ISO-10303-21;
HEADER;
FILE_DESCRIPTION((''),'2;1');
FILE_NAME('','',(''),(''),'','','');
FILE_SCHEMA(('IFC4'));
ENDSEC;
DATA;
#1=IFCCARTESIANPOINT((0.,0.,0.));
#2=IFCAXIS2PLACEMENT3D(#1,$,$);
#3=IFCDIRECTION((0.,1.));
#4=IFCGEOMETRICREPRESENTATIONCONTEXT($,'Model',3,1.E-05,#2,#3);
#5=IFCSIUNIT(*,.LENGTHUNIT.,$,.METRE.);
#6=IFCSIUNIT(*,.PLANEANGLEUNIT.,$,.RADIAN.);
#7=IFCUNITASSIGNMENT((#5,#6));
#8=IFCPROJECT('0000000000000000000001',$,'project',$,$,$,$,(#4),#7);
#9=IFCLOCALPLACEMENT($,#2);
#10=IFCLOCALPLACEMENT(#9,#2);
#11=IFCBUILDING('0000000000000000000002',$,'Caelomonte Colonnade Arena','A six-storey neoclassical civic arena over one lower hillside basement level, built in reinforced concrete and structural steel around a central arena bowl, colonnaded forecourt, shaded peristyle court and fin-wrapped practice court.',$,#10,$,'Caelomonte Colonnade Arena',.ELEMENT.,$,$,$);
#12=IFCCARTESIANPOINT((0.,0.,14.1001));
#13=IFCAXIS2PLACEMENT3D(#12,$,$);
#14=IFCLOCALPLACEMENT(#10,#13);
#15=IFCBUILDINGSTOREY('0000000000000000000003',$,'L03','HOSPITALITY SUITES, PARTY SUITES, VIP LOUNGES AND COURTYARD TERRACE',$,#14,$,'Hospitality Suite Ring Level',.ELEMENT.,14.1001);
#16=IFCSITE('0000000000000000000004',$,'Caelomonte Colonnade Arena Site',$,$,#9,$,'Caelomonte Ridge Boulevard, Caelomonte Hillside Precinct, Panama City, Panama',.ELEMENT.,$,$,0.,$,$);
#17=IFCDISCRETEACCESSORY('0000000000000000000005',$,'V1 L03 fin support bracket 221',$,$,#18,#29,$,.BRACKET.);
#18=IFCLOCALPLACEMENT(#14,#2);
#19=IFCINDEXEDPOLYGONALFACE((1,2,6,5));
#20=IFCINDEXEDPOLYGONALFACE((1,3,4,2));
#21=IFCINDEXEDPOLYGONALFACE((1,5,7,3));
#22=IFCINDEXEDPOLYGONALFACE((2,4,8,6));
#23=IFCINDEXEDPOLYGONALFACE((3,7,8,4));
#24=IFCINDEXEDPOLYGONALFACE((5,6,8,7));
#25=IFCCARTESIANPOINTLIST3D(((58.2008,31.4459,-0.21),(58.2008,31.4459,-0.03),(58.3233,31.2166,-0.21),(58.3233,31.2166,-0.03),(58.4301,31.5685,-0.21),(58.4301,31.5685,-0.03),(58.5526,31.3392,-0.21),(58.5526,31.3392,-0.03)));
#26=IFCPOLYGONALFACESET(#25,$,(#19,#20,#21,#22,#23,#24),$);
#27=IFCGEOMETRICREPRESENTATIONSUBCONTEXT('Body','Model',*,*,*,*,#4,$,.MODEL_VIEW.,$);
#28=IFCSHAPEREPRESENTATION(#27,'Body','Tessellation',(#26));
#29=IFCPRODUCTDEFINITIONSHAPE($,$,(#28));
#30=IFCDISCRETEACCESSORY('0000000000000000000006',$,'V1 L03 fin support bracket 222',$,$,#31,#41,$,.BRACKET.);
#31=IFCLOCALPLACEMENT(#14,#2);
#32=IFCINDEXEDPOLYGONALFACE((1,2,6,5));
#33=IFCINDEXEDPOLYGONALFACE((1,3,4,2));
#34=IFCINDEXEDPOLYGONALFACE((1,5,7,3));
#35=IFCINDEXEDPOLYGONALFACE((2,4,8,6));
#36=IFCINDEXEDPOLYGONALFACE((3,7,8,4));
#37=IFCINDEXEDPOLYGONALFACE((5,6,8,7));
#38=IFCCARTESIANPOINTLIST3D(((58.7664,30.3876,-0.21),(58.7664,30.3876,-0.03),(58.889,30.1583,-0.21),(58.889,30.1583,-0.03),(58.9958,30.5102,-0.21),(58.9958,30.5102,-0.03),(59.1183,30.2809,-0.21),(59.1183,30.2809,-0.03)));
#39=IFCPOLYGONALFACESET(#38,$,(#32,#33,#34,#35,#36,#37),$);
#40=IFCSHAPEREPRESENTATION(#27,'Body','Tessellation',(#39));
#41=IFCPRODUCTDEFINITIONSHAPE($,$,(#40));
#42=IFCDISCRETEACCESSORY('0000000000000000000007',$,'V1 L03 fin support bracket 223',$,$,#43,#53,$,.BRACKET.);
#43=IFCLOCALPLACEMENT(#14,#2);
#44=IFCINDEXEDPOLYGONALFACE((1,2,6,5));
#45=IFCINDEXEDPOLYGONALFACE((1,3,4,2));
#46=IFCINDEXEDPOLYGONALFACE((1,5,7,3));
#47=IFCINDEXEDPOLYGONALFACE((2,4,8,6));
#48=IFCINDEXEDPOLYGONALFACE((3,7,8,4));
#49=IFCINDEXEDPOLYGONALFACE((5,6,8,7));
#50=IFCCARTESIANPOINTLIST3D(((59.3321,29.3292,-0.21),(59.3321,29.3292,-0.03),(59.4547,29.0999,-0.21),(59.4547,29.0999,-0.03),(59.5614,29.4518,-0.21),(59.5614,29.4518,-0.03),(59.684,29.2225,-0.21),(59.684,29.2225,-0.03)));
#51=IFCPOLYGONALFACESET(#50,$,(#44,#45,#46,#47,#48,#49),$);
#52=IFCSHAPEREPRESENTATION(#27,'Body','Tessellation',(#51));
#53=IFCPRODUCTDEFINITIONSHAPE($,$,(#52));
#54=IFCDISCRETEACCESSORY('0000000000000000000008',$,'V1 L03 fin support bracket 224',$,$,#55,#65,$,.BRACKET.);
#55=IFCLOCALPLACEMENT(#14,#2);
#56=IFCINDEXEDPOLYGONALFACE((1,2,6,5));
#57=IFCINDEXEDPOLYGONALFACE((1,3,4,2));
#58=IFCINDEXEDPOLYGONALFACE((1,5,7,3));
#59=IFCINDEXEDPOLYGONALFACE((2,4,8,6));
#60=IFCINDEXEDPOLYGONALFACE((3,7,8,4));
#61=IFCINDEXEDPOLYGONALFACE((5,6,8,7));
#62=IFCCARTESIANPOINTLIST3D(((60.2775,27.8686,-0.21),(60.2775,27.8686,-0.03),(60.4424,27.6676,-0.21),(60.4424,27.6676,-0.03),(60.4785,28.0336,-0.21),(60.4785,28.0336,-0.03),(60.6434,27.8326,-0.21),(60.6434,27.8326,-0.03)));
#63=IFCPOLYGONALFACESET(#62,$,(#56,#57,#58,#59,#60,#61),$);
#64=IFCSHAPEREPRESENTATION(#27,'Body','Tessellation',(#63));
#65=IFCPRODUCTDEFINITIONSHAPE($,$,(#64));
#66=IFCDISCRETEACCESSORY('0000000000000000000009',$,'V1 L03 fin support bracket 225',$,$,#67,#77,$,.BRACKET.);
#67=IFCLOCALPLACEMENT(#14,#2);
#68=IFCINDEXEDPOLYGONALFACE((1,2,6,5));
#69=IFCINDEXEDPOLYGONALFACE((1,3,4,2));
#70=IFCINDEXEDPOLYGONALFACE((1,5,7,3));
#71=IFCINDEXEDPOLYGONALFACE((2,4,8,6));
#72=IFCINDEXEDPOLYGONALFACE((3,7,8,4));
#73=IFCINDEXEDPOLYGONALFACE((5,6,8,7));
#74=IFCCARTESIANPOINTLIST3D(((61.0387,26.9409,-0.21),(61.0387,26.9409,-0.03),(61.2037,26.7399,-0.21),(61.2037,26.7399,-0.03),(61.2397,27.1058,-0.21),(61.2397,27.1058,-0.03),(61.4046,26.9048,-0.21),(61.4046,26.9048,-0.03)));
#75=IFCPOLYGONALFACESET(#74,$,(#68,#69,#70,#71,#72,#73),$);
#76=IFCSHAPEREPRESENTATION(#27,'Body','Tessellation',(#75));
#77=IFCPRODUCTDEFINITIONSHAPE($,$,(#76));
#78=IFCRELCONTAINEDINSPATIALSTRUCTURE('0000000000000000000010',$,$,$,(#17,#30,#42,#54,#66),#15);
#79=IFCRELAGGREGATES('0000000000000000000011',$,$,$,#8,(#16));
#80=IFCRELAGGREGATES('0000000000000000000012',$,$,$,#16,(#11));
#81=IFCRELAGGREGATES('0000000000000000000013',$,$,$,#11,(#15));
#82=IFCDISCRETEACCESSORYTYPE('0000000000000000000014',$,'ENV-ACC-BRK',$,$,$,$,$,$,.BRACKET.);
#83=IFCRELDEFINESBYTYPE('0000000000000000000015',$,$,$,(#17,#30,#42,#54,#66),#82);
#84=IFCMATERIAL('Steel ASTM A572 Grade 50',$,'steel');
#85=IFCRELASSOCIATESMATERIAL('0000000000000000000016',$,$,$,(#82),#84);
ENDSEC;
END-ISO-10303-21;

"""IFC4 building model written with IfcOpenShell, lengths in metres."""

from ifc_helpers import new_model, si_unit, direction, frame, origin, origin_2d, place, context, subcontext, project, spatial, rectangle, extrude, material, type_object, element, save


model = new_model("IFC4")

# Units and contexts
model_context = context("Model", 3, precision=1e-05, world=origin(), true_north=direction((0.0, 1.0)))
body_context = subcontext(model_context, "Body", "Model", "MODEL_VIEW")
ifc_project = project(units=[si_unit("LENGTHUNIT", "METRE"), si_unit("PLANEANGLEUNIT", "RADIAN")], contexts=[model_context])

# Site, building, storey
site_placement = place(None, origin())
site = spatial("IfcSite", under=ifc_project, at=site_placement, Name="Caelomonte Colonnade Arena Site", LongName="Caelomonte Ridge Boulevard, Caelomonte Hillside Precinct, Panama City, Panama", CompositionType="ELEMENT", RefElevation=0.0)
building_placement = place(site_placement, origin())
building = spatial("IfcBuilding", under=site, at=building_placement, Name="Caelomonte Colonnade Arena", Description="A six-storey neoclassical civic arena over one lower hillside basement level, built in reinforced concrete and structural steel around a central arena bowl, colonnaded forecourt, shaded peristyle court and fin-wrapped practice court.", LongName="Caelomonte Colonnade Arena", CompositionType="ELEMENT")
storey_placement = place(building_placement, frame((0.0, 0.0, 14.1001)))
storey = spatial("IfcBuildingStorey", under=building, at=storey_placement, Name="L03", Description="HOSPITALITY SUITES, PARTY SUITES, VIP LOUNGES AND COURTYARD TERRACE", LongName="Hospitality Suite Ring Level", CompositionType="ELEMENT", Elevation=14.1001)

# Discrete accessories
ifc_material_1 = material(Name="Steel ASTM A572 Grade 50", Category="steel")
discrete_accessory_type = type_object("IfcDiscreteAccessoryType", Name="ENV-ACC-BRK", PredefinedType="BRACKET", material=ifc_material_1)
for number, where, z_axis, x_axis, name in (
    (1, (58.3767, 31.3926, -0.21), (0.0, 0.0, 1.0), (0.471397, -0.881921, 0.0), "V1 L03 fin support bracket 221"),
    (2, (58.9424, 30.3342, -0.21), (0.0, 0.0, 1.0), (0.471397, -0.881921, 0.0), "V1 L03 fin support bracket 222"),
    (3, (59.5081, 29.2759, -0.21), (0.0, 0.0, 1.0), (0.471397, -0.881921, 0.0), "V1 L03 fin support bracket 223"),
    (4, (60.4604, 27.8506, -0.21), (0.0, 0.0, 1.0), (0.634414, -0.772994, 0.0), "V1 L03 fin support bracket 224"),
    (5, (61.2217, 26.9229, -0.21), (0.0, 0.0, 1.0), (0.634414, -0.772994, 0.0), "V1 L03 fin support bracket 225"),
):
    element("IfcDiscreteAccessory", number, at=place(storey_placement, frame(where, z_axis=z_axis, x_axis=x_axis)), inside=storey, type_object=discrete_accessory_type, Name=name, PredefinedType="BRACKET", context=body_context, shape_type="SweptSolid", body=[
        extrude(rectangle(XDim=0.26, YDim=0.26, at=origin_2d()), origin(), (0.0, 0.0, 1.0), 0.1799),
    ])

save(model, "model.ifc")
